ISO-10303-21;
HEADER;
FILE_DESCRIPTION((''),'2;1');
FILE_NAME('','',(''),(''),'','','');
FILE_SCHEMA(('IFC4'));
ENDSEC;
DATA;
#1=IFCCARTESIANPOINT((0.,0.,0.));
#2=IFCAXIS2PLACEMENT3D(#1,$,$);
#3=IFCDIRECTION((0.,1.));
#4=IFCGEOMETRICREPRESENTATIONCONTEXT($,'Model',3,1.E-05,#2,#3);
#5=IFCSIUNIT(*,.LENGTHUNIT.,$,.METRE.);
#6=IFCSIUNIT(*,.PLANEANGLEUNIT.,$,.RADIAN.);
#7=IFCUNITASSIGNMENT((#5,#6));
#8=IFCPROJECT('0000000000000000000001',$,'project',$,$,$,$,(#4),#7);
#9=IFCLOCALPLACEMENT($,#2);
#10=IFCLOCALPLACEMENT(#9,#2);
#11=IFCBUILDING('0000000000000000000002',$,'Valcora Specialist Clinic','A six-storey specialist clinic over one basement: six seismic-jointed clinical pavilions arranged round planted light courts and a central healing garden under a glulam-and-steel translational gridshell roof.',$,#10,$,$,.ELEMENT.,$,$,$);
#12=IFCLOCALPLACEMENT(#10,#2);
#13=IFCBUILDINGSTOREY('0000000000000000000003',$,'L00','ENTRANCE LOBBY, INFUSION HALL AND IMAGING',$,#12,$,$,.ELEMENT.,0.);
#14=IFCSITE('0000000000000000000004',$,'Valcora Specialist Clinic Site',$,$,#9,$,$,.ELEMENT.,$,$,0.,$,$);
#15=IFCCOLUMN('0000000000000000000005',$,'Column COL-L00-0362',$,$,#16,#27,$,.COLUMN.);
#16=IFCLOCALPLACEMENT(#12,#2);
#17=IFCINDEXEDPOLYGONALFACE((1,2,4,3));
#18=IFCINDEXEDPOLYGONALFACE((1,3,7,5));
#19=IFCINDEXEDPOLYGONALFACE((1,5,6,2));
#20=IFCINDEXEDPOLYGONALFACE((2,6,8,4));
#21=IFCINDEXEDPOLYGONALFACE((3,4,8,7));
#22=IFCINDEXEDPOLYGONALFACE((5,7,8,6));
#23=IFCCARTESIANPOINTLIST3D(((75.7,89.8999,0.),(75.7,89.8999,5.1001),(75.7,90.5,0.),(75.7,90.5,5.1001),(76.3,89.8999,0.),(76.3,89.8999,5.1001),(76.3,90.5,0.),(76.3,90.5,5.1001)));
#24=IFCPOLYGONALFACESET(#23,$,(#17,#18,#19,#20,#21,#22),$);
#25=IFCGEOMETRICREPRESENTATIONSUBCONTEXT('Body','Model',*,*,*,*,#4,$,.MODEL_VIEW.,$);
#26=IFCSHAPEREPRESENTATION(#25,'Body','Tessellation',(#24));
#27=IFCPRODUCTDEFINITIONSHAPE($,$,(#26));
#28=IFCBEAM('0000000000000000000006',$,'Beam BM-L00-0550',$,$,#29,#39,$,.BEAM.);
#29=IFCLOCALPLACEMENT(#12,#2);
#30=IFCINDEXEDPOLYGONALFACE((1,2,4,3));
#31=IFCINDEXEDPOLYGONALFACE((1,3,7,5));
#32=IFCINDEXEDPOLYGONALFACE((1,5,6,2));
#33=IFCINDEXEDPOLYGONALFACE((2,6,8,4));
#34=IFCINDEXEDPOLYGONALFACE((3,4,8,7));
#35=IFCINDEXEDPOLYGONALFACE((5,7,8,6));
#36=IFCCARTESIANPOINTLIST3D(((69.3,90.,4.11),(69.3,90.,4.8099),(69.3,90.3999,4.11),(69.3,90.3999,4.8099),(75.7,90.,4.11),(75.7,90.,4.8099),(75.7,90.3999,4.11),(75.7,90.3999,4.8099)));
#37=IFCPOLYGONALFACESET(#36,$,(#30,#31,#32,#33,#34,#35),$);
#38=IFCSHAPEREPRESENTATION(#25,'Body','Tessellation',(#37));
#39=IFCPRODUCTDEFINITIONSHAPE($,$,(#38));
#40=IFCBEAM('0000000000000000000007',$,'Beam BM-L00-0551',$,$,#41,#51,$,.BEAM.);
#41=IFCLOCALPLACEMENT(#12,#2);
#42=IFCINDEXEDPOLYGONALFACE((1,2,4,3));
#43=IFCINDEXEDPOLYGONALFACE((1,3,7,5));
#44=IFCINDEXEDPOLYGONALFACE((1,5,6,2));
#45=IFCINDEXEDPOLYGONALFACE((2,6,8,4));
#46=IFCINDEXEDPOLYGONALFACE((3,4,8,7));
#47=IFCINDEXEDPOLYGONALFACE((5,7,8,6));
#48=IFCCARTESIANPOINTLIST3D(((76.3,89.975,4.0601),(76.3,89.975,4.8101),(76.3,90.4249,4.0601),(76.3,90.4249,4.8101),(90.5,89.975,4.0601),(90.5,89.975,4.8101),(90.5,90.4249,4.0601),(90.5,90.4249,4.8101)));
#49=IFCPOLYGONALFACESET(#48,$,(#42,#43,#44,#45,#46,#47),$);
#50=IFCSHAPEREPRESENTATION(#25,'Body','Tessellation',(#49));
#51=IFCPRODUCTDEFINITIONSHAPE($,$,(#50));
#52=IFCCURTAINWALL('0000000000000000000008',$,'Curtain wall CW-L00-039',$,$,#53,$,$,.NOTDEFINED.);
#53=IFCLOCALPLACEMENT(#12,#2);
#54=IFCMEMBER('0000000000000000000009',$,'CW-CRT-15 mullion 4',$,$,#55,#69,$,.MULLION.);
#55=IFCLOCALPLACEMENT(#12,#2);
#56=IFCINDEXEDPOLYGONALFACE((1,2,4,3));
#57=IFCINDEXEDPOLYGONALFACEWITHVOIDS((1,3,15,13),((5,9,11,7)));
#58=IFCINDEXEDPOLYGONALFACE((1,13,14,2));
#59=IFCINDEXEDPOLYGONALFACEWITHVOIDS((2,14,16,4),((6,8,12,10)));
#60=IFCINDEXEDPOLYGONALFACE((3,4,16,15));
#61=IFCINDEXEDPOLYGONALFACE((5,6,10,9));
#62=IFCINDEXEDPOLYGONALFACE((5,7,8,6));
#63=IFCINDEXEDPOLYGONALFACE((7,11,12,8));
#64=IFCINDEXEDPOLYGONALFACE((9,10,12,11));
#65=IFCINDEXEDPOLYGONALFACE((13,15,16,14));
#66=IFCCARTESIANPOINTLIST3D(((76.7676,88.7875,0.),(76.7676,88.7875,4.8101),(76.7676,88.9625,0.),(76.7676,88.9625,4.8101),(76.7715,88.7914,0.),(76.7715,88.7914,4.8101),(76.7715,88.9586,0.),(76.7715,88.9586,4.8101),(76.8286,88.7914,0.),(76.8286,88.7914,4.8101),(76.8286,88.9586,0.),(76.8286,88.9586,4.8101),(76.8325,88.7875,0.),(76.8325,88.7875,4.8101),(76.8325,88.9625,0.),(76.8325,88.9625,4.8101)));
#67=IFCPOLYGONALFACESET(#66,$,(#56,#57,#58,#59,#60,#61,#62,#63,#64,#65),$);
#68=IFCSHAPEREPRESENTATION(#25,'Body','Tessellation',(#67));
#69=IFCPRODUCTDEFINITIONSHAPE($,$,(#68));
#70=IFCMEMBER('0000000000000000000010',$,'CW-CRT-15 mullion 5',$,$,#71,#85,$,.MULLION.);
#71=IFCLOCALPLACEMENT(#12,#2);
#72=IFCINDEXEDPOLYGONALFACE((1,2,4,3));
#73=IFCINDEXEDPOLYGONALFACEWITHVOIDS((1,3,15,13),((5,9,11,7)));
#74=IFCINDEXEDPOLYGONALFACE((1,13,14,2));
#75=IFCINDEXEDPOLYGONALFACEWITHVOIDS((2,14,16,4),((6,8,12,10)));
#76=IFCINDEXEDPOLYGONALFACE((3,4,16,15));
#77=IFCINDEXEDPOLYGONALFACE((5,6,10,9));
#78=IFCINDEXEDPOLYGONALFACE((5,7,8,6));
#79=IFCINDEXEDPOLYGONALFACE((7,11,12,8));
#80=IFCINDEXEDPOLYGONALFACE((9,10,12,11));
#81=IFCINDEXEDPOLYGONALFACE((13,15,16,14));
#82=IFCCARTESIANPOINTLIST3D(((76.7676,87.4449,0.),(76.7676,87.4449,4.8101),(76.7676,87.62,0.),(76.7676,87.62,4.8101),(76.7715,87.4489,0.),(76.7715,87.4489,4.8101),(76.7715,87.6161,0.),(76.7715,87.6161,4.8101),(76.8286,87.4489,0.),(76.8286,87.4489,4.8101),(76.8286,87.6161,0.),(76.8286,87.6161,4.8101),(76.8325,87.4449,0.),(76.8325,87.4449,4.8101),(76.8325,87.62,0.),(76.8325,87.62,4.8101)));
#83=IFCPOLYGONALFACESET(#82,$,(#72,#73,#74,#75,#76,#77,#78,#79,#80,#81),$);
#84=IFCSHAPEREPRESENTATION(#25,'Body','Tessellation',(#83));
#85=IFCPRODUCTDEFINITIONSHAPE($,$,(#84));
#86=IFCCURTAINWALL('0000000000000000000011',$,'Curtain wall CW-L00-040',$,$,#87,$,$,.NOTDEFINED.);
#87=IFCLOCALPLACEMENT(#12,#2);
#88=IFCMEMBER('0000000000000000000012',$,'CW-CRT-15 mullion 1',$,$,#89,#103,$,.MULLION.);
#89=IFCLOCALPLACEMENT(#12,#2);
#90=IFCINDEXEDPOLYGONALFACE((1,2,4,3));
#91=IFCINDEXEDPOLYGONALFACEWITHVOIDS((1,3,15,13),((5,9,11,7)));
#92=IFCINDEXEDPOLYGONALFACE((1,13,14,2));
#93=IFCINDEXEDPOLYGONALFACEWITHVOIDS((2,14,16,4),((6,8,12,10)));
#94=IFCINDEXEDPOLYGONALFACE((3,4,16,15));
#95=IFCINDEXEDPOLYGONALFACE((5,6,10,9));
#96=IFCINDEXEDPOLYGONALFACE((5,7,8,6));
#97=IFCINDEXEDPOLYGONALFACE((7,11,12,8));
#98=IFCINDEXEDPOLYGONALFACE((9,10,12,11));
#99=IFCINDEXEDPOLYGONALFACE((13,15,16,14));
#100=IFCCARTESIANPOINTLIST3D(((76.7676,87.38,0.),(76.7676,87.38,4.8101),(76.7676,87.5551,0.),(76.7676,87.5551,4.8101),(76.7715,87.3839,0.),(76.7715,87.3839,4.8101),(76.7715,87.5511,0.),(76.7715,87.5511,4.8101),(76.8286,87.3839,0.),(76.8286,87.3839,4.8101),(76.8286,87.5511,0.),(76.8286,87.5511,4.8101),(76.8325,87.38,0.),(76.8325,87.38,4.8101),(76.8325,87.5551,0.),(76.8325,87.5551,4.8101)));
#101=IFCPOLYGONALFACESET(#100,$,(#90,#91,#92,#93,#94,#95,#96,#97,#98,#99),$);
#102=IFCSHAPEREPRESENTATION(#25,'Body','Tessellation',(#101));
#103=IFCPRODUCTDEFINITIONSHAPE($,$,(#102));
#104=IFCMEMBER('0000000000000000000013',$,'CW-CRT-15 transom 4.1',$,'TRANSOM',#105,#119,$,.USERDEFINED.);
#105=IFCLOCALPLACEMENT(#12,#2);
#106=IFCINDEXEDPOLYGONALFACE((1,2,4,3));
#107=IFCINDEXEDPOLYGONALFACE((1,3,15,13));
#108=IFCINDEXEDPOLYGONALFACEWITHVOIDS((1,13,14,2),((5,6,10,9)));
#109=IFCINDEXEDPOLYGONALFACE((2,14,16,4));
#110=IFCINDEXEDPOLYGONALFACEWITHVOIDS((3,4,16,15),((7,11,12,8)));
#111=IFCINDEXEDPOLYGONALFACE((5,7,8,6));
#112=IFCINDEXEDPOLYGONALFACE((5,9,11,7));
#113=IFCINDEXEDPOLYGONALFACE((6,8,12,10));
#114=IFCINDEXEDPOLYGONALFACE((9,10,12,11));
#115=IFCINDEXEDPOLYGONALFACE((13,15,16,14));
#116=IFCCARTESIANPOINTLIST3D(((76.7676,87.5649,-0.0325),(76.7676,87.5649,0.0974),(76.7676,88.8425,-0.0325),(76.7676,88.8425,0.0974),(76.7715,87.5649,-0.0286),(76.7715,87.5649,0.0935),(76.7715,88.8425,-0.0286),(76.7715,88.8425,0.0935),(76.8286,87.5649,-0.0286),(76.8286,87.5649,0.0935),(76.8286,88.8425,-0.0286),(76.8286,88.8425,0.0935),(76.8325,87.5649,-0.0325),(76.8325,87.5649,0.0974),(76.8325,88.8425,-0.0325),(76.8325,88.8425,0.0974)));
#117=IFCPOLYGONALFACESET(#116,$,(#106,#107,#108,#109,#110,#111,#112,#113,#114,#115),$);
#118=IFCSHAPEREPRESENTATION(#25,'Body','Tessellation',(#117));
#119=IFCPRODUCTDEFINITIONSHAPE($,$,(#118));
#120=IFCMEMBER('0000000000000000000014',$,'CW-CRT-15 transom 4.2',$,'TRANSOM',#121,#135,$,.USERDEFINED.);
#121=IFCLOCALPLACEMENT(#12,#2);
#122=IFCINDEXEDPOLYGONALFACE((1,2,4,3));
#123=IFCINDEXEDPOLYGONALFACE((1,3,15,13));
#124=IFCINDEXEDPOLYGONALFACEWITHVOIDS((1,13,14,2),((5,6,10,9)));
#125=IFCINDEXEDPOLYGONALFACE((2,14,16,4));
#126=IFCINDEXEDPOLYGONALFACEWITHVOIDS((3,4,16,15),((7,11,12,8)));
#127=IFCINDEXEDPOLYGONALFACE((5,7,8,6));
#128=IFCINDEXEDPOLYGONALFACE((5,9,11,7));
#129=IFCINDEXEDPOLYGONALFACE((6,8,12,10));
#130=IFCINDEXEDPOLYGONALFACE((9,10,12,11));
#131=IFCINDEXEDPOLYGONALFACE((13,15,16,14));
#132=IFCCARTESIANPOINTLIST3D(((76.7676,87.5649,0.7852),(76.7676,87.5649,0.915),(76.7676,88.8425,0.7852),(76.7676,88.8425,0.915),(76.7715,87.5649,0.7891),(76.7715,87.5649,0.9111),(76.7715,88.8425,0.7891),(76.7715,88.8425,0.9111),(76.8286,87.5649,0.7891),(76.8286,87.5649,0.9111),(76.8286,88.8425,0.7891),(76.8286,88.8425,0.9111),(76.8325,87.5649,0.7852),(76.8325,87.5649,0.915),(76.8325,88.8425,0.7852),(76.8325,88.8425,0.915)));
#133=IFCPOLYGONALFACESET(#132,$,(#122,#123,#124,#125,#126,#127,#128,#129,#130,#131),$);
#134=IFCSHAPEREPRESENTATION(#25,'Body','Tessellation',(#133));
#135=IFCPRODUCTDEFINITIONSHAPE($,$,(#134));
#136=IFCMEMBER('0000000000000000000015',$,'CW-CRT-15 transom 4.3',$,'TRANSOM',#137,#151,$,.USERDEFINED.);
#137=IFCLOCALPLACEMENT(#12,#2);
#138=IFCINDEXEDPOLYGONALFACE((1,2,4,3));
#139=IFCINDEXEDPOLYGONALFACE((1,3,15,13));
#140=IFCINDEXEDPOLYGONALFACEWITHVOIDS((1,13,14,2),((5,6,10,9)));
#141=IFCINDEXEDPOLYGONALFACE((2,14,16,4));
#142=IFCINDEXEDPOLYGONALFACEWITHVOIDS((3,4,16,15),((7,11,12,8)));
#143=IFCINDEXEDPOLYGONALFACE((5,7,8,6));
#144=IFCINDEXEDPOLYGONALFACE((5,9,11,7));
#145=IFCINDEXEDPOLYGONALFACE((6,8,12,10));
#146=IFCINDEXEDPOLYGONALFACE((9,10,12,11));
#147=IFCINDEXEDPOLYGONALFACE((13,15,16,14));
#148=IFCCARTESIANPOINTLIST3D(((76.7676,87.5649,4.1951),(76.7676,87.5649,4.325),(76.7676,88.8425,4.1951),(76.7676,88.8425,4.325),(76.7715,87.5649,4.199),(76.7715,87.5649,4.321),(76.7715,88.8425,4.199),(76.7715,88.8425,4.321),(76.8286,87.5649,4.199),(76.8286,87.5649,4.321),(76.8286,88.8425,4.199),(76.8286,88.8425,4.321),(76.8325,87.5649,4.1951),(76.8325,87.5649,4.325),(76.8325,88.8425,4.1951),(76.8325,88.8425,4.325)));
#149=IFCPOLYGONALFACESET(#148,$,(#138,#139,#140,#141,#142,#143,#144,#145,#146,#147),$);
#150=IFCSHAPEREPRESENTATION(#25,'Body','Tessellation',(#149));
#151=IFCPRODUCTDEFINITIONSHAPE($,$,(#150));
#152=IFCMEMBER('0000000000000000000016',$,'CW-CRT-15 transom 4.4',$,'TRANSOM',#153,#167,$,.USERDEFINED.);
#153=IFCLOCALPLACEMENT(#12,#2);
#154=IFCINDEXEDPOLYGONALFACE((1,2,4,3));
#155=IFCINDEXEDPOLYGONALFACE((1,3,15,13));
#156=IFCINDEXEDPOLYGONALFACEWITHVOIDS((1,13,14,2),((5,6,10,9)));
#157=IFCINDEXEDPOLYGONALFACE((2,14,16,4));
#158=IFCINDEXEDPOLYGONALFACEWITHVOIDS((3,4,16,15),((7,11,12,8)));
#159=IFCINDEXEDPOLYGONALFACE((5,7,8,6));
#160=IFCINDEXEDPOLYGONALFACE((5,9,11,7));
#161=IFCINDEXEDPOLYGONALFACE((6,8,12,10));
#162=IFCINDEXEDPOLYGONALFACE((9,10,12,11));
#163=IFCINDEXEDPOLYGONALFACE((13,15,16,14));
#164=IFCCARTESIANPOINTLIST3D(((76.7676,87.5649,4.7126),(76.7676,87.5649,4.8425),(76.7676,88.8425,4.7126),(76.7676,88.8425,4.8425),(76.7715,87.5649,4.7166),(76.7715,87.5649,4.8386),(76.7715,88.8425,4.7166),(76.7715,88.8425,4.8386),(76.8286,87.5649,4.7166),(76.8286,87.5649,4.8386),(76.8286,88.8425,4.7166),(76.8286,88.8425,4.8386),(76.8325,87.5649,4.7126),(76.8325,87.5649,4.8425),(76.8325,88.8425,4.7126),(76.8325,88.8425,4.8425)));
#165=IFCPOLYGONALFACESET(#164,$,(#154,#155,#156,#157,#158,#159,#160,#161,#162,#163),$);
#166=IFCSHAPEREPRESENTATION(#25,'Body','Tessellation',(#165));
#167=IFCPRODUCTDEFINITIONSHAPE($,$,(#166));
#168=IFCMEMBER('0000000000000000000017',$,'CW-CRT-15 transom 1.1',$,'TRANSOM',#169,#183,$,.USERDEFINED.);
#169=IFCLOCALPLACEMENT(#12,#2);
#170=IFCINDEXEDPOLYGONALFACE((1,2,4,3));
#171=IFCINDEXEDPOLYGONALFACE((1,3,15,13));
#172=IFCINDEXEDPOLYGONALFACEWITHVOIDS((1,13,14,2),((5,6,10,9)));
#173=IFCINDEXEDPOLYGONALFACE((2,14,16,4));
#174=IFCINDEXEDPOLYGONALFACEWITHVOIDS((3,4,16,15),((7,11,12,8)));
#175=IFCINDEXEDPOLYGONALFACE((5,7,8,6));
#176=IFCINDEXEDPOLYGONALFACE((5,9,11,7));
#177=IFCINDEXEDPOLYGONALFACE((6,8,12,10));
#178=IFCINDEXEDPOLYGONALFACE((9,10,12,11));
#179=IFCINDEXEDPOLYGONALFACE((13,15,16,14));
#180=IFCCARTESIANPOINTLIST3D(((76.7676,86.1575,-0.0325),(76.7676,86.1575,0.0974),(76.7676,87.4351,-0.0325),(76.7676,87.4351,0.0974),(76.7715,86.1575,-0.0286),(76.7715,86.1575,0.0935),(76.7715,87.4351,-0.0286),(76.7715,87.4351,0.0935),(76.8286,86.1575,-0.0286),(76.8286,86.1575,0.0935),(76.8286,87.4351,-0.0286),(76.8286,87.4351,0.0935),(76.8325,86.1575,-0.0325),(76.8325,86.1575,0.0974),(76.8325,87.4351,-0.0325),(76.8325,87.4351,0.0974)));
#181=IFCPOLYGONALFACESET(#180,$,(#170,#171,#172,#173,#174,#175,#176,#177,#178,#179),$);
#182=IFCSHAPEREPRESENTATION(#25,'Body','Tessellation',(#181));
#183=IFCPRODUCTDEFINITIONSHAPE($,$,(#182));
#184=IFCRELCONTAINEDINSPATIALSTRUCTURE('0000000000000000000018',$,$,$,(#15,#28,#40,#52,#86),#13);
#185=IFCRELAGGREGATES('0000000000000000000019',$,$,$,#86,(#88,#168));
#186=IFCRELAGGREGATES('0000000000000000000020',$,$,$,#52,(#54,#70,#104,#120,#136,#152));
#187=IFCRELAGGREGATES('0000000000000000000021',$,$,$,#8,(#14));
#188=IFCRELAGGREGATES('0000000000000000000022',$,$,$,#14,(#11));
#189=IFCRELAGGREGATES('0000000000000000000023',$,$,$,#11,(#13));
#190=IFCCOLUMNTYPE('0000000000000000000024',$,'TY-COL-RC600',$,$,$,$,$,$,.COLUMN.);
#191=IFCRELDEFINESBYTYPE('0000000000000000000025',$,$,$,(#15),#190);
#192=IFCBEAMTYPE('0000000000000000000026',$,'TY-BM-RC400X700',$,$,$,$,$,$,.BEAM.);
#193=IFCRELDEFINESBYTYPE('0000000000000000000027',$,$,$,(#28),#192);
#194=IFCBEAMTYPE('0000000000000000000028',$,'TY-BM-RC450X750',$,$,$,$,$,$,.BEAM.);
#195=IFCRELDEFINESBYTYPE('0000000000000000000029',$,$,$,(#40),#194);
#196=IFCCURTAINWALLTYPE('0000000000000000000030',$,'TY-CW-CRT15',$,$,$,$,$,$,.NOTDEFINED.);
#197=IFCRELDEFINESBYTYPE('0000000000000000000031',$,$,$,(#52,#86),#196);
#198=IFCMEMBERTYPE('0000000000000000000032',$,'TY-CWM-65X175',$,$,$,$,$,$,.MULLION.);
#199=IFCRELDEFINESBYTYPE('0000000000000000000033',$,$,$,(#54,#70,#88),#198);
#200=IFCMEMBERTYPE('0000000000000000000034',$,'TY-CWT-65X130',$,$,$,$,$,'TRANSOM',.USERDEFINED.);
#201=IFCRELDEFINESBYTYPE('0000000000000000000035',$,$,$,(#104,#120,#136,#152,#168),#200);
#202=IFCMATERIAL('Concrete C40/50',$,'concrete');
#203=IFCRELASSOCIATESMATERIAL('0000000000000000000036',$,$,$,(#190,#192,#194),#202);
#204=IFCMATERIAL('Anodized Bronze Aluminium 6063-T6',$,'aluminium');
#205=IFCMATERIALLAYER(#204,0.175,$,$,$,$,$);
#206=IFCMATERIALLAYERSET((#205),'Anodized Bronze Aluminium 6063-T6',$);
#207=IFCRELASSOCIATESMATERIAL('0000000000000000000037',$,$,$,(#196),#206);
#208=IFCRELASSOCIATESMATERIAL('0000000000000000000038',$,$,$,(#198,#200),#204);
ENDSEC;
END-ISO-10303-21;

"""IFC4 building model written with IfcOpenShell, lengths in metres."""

from ifc_helpers import new_model, si_unit, direction, frame, origin, origin_2d, place, context, subcontext, project, spatial, rectangle, hollow_rectangle, extrude, material, layer, layer_set, material_profile, profile_set, type_object, element, aggregate, save


model = new_model("IFC4")

# Units and contexts
model_context = context("Model", 3, precision=1e-05, world=origin(), true_north=direction((0.0, 1.0)))
body_context = subcontext(model_context, "Body", "Model", "MODEL_VIEW")
ifc_project = project(units=[si_unit("LENGTHUNIT", "METRE"), si_unit("PLANEANGLEUNIT", "RADIAN")], contexts=[model_context])

# Site, building, storey
site_placement = place(None, origin())
site = spatial("IfcSite", under=ifc_project, at=site_placement, Name="Valcora Specialist Clinic Site", CompositionType="ELEMENT", RefElevation=0.0)
building_placement = place(site_placement, origin())
building = spatial("IfcBuilding", under=site, at=building_placement, Name="Valcora Specialist Clinic", Description="A six-storey specialist clinic over one basement: six seismic-jointed clinical pavilions arranged round planted light courts and a central healing garden under a glulam-and-steel translational gridshell roof.", CompositionType="ELEMENT")
storey_placement = place(building_placement, origin())
storey = spatial("IfcBuildingStorey", under=building, at=storey_placement, Name="L00", Description="ENTRANCE LOBBY, INFUSION HALL AND IMAGING", CompositionType="ELEMENT", Elevation=0.0)

# Column
ifc_material_1 = material(Name="Concrete C40/50", Category="concrete")
ifc_material_profile_1 = material_profile(ifc_material_1, rectangle(XDim=0.6001, YDim=0.6001, at=origin_2d()), Name="RC-COL-600X600")
ifc_profile_set_1 = profile_set([ifc_material_profile_1], Name="Concrete C40/50")
column_type = type_object("IfcColumnType", Name="TY-COL-RC600", PredefinedType="COLUMN", material=ifc_profile_set_1)
column_placement = place(storey_placement, frame((76.0, 90.2, 0.0), z_axis=(0.0, 0.0, 1.0), x_axis=(1.0, 0.0, 0.0)))
element("IfcColumn", 1, at=column_placement, inside=storey, type_object=column_type, Name="Column COL-L00-0362", PredefinedType="COLUMN", context=body_context, shape_type="SweptSolid", body=[
    extrude(rectangle(XDim=0.6001, YDim=0.6001, at=origin_2d()), origin(), (0.0, 0.0, 1.0), 5.1001),
])

# Beams
ifc_material_profile_2 = material_profile(ifc_material_1, rectangle(XDim=0.3999, YDim=0.7, at=origin_2d()), Name="RC-BM-400X700")
ifc_profile_set_2 = profile_set([ifc_material_profile_2], Name="Concrete C40/50")
beam_type_1 = type_object("IfcBeamType", Name="TY-BM-RC400X700", PredefinedType="BEAM", material=ifc_profile_set_2)
beam_1_placement = place(storey_placement, frame((69.3, 90.2, 4.46), z_axis=(1.0, 0.0, 0.0), x_axis=(0.0, 1.0, 0.0)))
element("IfcBeam", 2, at=beam_1_placement, inside=storey, type_object=beam_type_1, Name="Beam BM-L00-0550", PredefinedType="BEAM", context=body_context, shape_type="SweptSolid", body=[
    extrude(rectangle(XDim=0.3999, YDim=0.7, at=origin_2d()), origin(), (0.0, 0.0, 1.0), 6.3999),
])
ifc_material_profile_3 = material_profile(ifc_material_1, rectangle(XDim=0.45, YDim=0.75, at=origin_2d()), Name="RC-BM-450X750")
ifc_profile_set_3 = profile_set([ifc_material_profile_3], Name="Concrete C40/50")
beam_type_2 = type_object("IfcBeamType", Name="TY-BM-RC450X750", PredefinedType="BEAM", material=ifc_profile_set_3)
beam_2_placement = place(storey_placement, frame((76.3, 90.2, 4.4351), z_axis=(1.0, 0.0, 0.0), x_axis=(0.0, 1.0, 0.0)))
element("IfcBeam", 3, at=beam_2_placement, inside=storey, type_object=beam_type_2, Name="Beam BM-L00-0551", PredefinedType="BEAM", context=body_context, shape_type="SweptSolid", body=[
    extrude(rectangle(XDim=0.45, YDim=0.75, at=origin_2d()), origin(), (0.0, 0.0, 1.0), 14.2),
])

# Curtain wall, members
ifc_material_2 = material(Name="Anodized Bronze Aluminium 6063-T6", Category="aluminium")
ifc_layer_1 = layer(ifc_material_2, 0.175)
ifc_layer_set_1 = layer_set([ifc_layer_1], Name="Anodized Bronze Aluminium 6063-T6")
curtain_wall_type = type_object("IfcCurtainWallType", Name="TY-CW-CRT15", PredefinedType="NOTDEFINED", material=ifc_layer_set_1)
curtain_wall_1_placement = place(storey_placement, origin())
curtain_wall_1 = element("IfcCurtainWall", 4, at=curtain_wall_1_placement, inside=storey, type_object=curtain_wall_type, Name="Curtain wall CW-L00-039", PredefinedType="NOTDEFINED")
ifc_material_profile_4 = material_profile(ifc_material_2, hollow_rectangle(XDim=0.0649, YDim=0.175, WallThickness=0.0039, at=origin_2d()), Name="AL-MUL-65X175")
ifc_profile_set_4 = profile_set([ifc_material_profile_4], Name="Anodized Bronze Aluminium 6063-T6")
member_type_1 = type_object("IfcMemberType", Name="TY-CWM-65X175", PredefinedType="MULLION", material=ifc_profile_set_4)
member_1_placement = place(storey_placement, frame((76.8, 88.875, 0.0), z_axis=(0.0, 0.0, 1.0), x_axis=(1.0, 0.0, 0.0)))
member_1 = element("IfcMember", 5, at=member_1_placement, type_object=member_type_1, Name="CW-CRT-15 mullion 4", PredefinedType="MULLION", context=body_context, shape_type="SweptSolid", body=[
    extrude(hollow_rectangle(XDim=0.0649, YDim=0.175, WallThickness=0.0039, at=origin_2d()), origin(), (0.0, 0.0, 1.0), 4.8101),
])
member_2_placement = place(storey_placement, frame((76.8, 87.5325, 0.0), z_axis=(0.0, 0.0, 1.0), x_axis=(1.0, 0.0, 0.0)))
member_2 = element("IfcMember", 6, at=member_2_placement, type_object=member_type_1, Name="CW-CRT-15 mullion 5", PredefinedType="MULLION", context=body_context, shape_type="SweptSolid", body=[
    extrude(hollow_rectangle(XDim=0.0649, YDim=0.175, WallThickness=0.0039, at=origin_2d()), origin(), (0.0, 0.0, 1.0), 4.8101),
])

# Curtain wall, member
curtain_wall_2_placement = place(storey_placement, origin())
curtain_wall_2 = element("IfcCurtainWall", 7, at=curtain_wall_2_placement, inside=storey, type_object=curtain_wall_type, Name="Curtain wall CW-L00-040", PredefinedType="NOTDEFINED")
member_3_placement = place(storey_placement, frame((76.8, 87.4675, 0.0), z_axis=(0.0, 0.0, 1.0), x_axis=(1.0, 0.0, 0.0)))
member_3 = element("IfcMember", 8, at=member_3_placement, type_object=member_type_1, Name="CW-CRT-15 mullion 1", PredefinedType="MULLION", context=body_context, shape_type="SweptSolid", body=[
    extrude(hollow_rectangle(XDim=0.0649, YDim=0.175, WallThickness=0.0039, at=origin_2d()), origin(), (0.0, 0.0, 1.0), 4.8101),
])

# Members
ifc_material_profile_5 = material_profile(ifc_material_2, hollow_rectangle(XDim=0.0649, YDim=0.1299, WallThickness=0.0039, at=origin_2d()), Name="AL-TRN-65X130")
ifc_profile_set_5 = profile_set([ifc_material_profile_5], Name="Anodized Bronze Aluminium 6063-T6")
member_type_2 = type_object("IfcMemberType", Name="TY-CWT-65X130", ElementType="TRANSOM", PredefinedType="USERDEFINED", material=ifc_profile_set_5)
member_4_placement = place(storey_placement, frame((76.8, 88.8425, 0.0325), z_axis=(0.0, -1.0, 0.0), x_axis=(1.0, 0.0, 0.0)))
member_4 = element("IfcMember", 9, at=member_4_placement, type_object=member_type_2, Name="CW-CRT-15 transom 4.1", ObjectType="TRANSOM", PredefinedType="USERDEFINED", context=body_context, shape_type="SweptSolid", body=[
    extrude(hollow_rectangle(XDim=0.0649, YDim=0.1299, WallThickness=0.0039, at=origin_2d()), origin(), (0.0, 0.0, 1.0), 1.2776),
])
member_5_placement = place(storey_placement, frame((76.8, 88.8425, 0.8501), z_axis=(0.0, -1.0, 0.0), x_axis=(1.0, 0.0, 0.0)))
member_5 = element("IfcMember", 10, at=member_5_placement, type_object=member_type_2, Name="CW-CRT-15 transom 4.2", ObjectType="TRANSOM", PredefinedType="USERDEFINED", context=body_context, shape_type="SweptSolid", body=[
    extrude(hollow_rectangle(XDim=0.0649, YDim=0.1299, WallThickness=0.0039, at=origin_2d()), origin(), (0.0, 0.0, 1.0), 1.2776),
])
member_6_placement = place(storey_placement, frame((76.8, 88.8425, 4.26), z_axis=(0.0, -1.0, 0.0), x_axis=(1.0, 0.0, 0.0)))
member_6 = element("IfcMember", 11, at=member_6_placement, type_object=member_type_2, Name="CW-CRT-15 transom 4.3", ObjectType="TRANSOM", PredefinedType="USERDEFINED", context=body_context, shape_type="SweptSolid", body=[
    extrude(hollow_rectangle(XDim=0.0649, YDim=0.1299, WallThickness=0.0039, at=origin_2d()), origin(), (0.0, 0.0, 1.0), 1.2776),
])
member_7_placement = place(storey_placement, frame((76.8, 88.8425, 4.7776), z_axis=(0.0, -1.0, 0.0), x_axis=(1.0, 0.0, 0.0)))
member_7 = element("IfcMember", 12, at=member_7_placement, type_object=member_type_2, Name="CW-CRT-15 transom 4.4", ObjectType="TRANSOM", PredefinedType="USERDEFINED", context=body_context, shape_type="SweptSolid", body=[
    extrude(hollow_rectangle(XDim=0.0649, YDim=0.1299, WallThickness=0.0039, at=origin_2d()), origin(), (0.0, 0.0, 1.0), 1.2776),
])
member_8_placement = place(storey_placement, frame((76.8, 87.4351, 0.0325), z_axis=(0.0, -1.0, 0.0), x_axis=(1.0, 0.0, 0.0)))
member_8 = element("IfcMember", 13, at=member_8_placement, type_object=member_type_2, Name="CW-CRT-15 transom 1.1", ObjectType="TRANSOM", PredefinedType="USERDEFINED", context=body_context, shape_type="SweptSolid", body=[
    extrude(hollow_rectangle(XDim=0.0649, YDim=0.1299, WallThickness=0.0039, at=origin_2d()), origin(), (0.0, 0.0, 1.0), 1.2776),
])

aggregate(curtain_wall_2, [member_3, member_8])
aggregate(curtain_wall_1, [member_1, member_2, member_4, member_5, member_6, member_7])

save(model, "model.ifc")
